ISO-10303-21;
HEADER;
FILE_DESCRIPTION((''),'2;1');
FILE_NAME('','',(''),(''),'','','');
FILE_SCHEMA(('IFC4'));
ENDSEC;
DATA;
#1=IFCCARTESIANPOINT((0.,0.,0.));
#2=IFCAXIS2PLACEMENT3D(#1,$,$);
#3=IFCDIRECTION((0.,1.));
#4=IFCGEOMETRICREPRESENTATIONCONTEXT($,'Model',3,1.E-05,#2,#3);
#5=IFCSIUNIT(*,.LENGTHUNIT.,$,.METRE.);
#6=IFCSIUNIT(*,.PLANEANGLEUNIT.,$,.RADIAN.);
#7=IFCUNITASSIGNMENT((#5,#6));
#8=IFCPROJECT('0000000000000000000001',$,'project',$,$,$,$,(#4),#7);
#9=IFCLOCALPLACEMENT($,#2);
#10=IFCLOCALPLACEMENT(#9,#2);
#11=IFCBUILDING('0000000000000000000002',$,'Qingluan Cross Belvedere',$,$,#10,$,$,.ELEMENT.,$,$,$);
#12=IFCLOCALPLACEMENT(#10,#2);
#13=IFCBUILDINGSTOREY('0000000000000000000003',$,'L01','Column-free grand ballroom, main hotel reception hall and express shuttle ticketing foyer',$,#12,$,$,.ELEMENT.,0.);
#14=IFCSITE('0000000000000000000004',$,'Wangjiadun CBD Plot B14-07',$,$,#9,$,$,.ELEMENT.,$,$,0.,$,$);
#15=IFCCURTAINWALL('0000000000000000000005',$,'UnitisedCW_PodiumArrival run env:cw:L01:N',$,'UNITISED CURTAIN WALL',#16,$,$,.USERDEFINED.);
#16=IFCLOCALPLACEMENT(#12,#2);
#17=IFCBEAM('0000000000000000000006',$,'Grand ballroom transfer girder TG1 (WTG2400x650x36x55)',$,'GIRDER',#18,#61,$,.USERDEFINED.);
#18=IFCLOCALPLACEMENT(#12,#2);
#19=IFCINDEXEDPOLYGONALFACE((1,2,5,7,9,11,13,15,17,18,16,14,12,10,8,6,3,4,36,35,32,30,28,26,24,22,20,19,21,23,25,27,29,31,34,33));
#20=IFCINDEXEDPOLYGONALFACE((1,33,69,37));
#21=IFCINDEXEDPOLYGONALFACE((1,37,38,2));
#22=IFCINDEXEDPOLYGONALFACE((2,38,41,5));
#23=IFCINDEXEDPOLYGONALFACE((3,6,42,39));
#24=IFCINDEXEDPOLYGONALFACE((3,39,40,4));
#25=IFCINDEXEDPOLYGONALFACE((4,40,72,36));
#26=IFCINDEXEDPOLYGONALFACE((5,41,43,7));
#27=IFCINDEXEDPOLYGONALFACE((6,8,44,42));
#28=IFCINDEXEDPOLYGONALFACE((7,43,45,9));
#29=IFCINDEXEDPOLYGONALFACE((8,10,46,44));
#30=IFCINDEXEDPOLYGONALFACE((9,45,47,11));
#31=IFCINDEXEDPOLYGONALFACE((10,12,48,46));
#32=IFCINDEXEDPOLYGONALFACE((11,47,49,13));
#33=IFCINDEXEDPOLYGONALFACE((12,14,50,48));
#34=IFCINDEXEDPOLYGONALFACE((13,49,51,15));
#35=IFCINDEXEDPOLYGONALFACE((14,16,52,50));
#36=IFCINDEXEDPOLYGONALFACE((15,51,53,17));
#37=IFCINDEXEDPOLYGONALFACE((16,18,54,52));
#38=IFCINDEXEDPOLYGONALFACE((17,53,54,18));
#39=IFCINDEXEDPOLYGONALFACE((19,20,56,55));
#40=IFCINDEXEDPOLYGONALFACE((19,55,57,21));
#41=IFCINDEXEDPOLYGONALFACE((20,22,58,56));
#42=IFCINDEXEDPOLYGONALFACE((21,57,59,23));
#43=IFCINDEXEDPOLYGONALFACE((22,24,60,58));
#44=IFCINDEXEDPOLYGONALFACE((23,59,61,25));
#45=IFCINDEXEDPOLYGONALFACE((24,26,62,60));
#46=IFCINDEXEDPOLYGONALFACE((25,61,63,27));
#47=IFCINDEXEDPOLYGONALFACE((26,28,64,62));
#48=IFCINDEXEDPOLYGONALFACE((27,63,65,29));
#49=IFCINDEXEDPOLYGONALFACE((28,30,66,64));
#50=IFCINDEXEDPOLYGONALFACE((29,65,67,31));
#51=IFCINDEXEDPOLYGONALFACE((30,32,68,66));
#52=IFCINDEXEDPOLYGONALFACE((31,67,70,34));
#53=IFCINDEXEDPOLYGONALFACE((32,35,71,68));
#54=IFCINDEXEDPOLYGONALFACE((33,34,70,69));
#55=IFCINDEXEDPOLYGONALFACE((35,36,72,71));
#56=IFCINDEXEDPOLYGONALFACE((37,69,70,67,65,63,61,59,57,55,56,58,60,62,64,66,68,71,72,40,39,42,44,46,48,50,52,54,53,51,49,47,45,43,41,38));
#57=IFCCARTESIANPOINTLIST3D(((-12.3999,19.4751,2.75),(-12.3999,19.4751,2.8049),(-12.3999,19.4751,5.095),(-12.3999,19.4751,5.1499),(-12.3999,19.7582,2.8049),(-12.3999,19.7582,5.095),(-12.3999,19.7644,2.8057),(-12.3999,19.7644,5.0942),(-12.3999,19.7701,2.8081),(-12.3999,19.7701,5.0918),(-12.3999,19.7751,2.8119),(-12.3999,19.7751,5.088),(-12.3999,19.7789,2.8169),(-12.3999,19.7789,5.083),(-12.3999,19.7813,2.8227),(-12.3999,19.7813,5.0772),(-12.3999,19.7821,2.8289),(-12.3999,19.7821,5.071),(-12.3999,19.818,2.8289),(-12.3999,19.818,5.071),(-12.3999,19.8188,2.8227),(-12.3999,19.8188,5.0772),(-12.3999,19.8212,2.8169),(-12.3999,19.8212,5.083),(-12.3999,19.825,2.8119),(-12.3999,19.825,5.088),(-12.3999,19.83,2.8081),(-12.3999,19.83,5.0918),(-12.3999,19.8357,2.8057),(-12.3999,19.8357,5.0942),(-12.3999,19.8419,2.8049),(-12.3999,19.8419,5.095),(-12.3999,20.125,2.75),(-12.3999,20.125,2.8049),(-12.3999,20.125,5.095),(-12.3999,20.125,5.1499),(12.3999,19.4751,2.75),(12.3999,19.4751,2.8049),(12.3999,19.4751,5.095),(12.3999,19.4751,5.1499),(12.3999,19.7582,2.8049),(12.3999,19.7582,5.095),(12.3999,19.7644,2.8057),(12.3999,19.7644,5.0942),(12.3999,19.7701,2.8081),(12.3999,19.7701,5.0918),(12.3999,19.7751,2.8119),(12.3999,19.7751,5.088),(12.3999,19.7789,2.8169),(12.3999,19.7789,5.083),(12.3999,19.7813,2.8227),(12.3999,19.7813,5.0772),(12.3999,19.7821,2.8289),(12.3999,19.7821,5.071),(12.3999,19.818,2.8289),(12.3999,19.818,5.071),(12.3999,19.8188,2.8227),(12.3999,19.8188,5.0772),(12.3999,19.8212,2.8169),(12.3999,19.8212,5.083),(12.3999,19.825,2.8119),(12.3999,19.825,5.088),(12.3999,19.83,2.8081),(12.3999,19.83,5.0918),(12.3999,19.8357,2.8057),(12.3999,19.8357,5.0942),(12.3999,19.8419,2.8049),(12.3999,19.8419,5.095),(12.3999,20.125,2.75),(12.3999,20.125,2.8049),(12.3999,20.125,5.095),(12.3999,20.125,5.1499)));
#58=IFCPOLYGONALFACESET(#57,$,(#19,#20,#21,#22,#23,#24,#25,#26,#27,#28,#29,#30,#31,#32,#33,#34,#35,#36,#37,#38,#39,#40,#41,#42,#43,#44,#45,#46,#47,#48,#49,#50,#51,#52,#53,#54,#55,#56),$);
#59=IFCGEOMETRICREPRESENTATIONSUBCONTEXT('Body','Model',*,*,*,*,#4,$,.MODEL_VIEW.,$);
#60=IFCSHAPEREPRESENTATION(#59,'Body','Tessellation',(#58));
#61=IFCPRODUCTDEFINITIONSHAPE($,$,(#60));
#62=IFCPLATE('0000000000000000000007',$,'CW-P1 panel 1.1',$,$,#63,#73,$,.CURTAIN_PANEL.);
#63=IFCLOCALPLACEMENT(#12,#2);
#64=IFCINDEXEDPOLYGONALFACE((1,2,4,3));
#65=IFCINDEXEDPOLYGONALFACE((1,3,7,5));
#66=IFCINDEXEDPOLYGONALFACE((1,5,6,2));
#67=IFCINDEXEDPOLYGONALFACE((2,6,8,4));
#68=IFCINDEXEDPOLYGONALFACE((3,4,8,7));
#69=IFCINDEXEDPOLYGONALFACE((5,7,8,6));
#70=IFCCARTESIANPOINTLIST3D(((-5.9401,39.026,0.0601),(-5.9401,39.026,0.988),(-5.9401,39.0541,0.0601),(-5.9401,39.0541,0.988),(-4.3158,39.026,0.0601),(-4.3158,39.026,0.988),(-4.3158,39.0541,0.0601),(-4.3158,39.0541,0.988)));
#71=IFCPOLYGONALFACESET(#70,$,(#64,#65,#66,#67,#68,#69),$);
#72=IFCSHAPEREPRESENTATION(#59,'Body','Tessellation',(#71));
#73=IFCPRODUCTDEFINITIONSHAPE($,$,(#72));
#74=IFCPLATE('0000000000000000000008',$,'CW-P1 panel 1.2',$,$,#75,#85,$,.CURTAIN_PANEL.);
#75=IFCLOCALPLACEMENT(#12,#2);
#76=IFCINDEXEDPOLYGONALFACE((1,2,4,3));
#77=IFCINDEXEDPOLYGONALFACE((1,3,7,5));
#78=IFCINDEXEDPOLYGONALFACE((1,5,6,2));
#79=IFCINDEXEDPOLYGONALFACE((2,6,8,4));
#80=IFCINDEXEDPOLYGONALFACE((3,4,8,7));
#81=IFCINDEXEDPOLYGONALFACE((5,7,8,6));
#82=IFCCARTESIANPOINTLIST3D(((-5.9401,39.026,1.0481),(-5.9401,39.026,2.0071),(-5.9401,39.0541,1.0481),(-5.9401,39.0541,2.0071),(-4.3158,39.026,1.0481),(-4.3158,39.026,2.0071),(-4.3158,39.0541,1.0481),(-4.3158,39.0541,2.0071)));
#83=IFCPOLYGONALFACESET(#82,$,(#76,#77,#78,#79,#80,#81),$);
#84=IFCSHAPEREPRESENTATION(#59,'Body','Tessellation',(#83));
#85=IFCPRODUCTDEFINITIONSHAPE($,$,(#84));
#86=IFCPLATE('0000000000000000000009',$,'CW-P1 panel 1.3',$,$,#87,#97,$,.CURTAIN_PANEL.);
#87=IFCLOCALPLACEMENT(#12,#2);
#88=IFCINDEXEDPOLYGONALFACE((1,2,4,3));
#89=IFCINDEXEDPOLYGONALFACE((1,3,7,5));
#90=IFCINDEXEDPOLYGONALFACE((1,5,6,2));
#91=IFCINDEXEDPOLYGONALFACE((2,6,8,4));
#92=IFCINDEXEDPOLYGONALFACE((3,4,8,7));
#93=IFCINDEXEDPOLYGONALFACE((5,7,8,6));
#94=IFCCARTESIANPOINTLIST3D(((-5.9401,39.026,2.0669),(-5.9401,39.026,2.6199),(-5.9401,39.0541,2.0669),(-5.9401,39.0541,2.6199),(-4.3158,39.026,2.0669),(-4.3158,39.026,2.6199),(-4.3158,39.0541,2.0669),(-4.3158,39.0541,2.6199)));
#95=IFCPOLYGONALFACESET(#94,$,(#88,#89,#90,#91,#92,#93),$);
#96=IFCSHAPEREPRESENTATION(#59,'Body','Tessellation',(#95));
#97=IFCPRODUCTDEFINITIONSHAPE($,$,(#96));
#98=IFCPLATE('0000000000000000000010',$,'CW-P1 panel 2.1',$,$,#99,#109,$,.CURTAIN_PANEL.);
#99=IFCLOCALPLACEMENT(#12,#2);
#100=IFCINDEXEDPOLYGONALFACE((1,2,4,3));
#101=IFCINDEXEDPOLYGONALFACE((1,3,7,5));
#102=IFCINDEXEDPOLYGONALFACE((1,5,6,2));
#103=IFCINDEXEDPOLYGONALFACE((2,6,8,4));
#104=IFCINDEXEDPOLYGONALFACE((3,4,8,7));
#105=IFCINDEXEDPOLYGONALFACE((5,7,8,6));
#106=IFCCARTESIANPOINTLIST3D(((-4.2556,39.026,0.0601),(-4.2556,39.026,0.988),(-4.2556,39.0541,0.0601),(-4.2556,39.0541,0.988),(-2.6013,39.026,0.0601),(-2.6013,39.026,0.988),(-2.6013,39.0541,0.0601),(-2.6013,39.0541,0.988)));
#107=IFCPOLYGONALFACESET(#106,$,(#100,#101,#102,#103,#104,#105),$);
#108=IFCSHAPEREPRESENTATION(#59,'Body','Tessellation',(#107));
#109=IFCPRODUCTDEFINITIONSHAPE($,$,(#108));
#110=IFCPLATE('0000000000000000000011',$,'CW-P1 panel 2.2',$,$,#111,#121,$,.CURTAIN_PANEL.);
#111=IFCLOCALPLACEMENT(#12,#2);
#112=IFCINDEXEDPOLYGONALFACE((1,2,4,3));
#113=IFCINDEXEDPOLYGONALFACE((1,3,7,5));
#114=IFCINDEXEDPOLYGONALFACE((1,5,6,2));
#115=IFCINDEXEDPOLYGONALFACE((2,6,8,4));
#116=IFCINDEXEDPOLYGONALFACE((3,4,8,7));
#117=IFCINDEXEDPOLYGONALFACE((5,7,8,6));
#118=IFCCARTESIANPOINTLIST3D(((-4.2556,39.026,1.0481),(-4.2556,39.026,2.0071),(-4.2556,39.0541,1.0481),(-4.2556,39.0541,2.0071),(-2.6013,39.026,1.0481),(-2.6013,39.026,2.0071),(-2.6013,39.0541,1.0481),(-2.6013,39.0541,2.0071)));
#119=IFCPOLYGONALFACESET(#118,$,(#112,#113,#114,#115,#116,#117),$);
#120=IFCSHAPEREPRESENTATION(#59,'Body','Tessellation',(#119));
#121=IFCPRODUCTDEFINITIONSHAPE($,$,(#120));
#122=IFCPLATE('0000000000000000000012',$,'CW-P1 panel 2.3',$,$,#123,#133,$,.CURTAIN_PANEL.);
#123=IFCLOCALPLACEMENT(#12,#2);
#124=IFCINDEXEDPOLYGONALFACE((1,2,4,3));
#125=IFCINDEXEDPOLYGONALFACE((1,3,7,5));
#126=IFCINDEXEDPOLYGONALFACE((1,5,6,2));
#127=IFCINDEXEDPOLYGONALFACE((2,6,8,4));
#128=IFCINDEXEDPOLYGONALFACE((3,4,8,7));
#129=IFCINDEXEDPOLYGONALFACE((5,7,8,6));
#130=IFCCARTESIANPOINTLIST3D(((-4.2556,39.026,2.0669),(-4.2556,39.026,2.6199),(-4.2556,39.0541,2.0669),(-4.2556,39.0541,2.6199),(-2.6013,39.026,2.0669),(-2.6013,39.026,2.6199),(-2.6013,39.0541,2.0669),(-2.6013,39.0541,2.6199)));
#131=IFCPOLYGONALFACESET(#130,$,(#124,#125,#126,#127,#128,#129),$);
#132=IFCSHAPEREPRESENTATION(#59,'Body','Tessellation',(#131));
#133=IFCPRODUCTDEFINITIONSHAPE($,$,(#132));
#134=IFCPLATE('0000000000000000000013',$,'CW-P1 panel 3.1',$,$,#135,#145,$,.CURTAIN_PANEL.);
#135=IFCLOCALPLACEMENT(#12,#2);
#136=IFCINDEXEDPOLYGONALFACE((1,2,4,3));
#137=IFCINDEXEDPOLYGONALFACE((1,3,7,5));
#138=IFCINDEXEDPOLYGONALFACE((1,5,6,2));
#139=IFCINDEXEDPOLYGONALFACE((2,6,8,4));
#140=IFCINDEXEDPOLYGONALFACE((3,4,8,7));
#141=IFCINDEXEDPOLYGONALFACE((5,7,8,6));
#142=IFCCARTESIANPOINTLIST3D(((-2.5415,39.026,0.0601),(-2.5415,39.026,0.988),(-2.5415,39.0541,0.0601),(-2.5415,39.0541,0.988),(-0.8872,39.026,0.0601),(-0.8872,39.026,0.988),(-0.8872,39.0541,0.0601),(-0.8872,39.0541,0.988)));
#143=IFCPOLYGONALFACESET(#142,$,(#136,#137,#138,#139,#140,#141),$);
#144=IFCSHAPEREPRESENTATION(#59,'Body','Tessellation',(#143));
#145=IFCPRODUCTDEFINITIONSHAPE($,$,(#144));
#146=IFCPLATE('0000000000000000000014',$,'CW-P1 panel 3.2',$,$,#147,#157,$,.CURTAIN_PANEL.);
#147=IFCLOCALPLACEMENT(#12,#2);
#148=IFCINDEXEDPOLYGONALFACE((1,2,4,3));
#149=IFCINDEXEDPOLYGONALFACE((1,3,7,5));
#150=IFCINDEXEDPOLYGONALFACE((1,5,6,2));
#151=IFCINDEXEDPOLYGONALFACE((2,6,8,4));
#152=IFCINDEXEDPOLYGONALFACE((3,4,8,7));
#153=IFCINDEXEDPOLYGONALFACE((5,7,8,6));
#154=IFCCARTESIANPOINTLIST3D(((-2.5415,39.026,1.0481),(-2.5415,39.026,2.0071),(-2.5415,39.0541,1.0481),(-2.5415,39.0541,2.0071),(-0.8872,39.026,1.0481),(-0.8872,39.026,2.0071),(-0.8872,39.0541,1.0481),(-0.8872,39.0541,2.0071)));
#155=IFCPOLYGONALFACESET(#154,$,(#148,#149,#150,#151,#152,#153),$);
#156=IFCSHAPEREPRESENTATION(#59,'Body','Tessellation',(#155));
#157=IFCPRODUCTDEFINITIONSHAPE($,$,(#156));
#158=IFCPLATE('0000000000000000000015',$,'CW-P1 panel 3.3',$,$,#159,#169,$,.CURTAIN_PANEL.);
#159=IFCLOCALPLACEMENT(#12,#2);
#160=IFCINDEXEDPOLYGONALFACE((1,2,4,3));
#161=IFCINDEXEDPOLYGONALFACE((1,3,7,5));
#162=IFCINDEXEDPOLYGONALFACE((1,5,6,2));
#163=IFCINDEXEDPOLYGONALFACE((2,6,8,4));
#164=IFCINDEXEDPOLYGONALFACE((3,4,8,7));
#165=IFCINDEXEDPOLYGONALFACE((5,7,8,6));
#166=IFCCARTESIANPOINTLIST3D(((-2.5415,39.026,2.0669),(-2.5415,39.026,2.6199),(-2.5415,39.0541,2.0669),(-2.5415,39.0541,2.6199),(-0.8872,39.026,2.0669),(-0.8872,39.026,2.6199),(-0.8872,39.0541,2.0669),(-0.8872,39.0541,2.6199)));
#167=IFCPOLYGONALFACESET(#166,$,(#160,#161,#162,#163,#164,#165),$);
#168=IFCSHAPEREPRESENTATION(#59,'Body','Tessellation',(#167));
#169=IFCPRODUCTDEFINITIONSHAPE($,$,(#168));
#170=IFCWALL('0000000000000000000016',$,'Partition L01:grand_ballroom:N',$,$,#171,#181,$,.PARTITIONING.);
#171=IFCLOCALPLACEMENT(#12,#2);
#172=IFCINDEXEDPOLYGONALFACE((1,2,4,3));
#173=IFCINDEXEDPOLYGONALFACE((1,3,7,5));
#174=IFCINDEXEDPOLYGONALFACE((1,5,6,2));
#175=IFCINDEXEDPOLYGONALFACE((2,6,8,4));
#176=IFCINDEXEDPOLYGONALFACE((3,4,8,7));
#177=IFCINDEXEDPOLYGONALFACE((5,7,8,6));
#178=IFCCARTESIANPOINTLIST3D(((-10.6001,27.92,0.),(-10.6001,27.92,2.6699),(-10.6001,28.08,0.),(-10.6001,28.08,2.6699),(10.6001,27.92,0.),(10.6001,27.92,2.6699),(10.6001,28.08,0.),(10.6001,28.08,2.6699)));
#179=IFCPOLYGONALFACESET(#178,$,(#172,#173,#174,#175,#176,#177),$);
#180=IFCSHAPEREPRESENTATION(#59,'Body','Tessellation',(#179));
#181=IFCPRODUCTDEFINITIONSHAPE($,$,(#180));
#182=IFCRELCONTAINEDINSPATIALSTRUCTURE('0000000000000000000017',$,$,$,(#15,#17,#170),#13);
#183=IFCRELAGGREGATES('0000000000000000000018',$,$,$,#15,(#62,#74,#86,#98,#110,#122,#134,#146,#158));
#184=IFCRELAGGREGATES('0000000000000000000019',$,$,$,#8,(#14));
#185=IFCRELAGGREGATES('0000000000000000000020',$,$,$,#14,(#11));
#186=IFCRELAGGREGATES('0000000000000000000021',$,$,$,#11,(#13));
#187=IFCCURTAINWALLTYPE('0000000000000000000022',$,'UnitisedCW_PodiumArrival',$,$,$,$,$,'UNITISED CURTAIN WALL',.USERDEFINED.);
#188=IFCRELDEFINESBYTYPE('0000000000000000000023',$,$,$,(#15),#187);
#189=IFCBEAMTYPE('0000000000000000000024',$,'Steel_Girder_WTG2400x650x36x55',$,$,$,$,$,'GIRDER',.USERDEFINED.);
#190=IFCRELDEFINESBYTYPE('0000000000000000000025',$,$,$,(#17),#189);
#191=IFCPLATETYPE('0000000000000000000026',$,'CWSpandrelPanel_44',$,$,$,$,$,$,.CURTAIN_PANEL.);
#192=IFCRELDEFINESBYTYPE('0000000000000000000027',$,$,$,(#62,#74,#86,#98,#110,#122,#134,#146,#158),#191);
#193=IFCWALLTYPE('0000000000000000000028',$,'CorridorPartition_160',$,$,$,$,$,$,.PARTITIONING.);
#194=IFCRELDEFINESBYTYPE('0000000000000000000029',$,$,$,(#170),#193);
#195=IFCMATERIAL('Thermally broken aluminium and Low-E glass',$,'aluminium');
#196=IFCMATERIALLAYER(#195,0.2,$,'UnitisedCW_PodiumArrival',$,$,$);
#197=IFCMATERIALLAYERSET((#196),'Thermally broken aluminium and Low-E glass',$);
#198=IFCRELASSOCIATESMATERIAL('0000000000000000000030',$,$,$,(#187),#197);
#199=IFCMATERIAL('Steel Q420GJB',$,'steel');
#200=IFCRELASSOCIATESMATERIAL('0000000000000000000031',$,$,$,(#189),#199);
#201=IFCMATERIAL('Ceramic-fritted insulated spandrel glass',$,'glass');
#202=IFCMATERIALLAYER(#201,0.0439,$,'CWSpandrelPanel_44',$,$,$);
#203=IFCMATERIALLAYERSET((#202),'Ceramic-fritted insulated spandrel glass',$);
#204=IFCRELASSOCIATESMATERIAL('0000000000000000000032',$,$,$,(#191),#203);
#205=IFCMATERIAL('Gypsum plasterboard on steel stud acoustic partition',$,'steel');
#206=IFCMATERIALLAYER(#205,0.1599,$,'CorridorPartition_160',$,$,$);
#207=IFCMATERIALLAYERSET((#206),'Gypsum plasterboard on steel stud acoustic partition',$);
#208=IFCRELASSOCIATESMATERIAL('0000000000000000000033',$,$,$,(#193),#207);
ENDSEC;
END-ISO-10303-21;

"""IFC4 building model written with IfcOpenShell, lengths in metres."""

from ifc_helpers import new_model, si_unit, direction, frame, frame_2d, origin, origin_2d, place, context, subcontext, project, spatial, rectangle, i_section, extrude, material, layer, layer_set, material_profile, profile_set, type_object, element, aggregate, save


model = new_model("IFC4")

# Units and contexts
model_context = context("Model", 3, precision=1e-05, world=origin(), true_north=direction((0.0, 1.0)))
body_context = subcontext(model_context, "Body", "Model", "MODEL_VIEW")
ifc_project = project(units=[si_unit("LENGTHUNIT", "METRE"), si_unit("PLANEANGLEUNIT", "RADIAN")], contexts=[model_context])

# Site, building, storey
site_placement = place(None, origin())
site = spatial("IfcSite", under=ifc_project, at=site_placement, Name="Wangjiadun CBD Plot B14-07", CompositionType="ELEMENT", RefElevation=0.0)
building_placement = place(site_placement, origin())
building = spatial("IfcBuilding", under=site, at=building_placement, Name="Qingluan Cross Belvedere", CompositionType="ELEMENT")
storey_placement = place(building_placement, origin())
storey = spatial("IfcBuildingStorey", under=building, at=storey_placement, Name="L01", Description="Column-free grand ballroom, main hotel reception hall and express shuttle ticketing foyer", CompositionType="ELEMENT", Elevation=0.0)

# Curtain wall
ifc_material_1 = material(Name="Thermally broken aluminium and Low-E glass", Category="aluminium")
ifc_layer_1 = layer(ifc_material_1, 0.2, Name="UnitisedCW_PodiumArrival")
ifc_layer_set_1 = layer_set([ifc_layer_1], Name="Thermally broken aluminium and Low-E glass")
curtain_wall_type = type_object("IfcCurtainWallType", Name="UnitisedCW_PodiumArrival", ElementType="UNITISED CURTAIN WALL", PredefinedType="USERDEFINED", material=ifc_layer_set_1)
curtain_wall_placement = place(storey_placement, origin())
curtain_wall = element("IfcCurtainWall", 1, at=curtain_wall_placement, inside=storey, type_object=curtain_wall_type, Name="UnitisedCW_PodiumArrival run env:cw:L01:N", ObjectType="UNITISED CURTAIN WALL", PredefinedType="USERDEFINED")

# Beam
ifc_material_2 = material(Name="Steel Q420GJB", Category="steel")
ifc_material_profile_1 = material_profile(ifc_material_2, i_section(OverallWidth=0.6499, OverallDepth=2.3999, WebThickness=0.0359, FlangeThickness=0.0549, FilletRadius=0.0239, at=origin_2d()), Name="WTG2400x650x36x55")
ifc_profile_set_1 = profile_set([ifc_material_profile_1], Name="Steel Q420GJB")
beam_type_1 = type_object("IfcBeamType", Name="Steel_Girder_WTG2400x650x36x55", ElementType="GIRDER", PredefinedType="USERDEFINED", material=ifc_profile_set_1)
beam_1_placement = place(storey_placement, frame((-12.3999, 19.8, 3.95), z_axis=(1.0, 0.0, 0.0), x_axis=(0.0, 1.0, 0.0)))
element("IfcBeam", 2, at=beam_1_placement, inside=storey, type_object=beam_type_1, Name="Grand ballroom transfer girder TG1 (WTG2400x650x36x55)", ObjectType="GIRDER", PredefinedType="USERDEFINED", context=body_context, shape_type="SweptSolid", body=[
    extrude(i_section(OverallWidth=0.6499, OverallDepth=2.3999, WebThickness=0.0359, FlangeThickness=0.0549, FilletRadius=0.0239, at=origin_2d()), origin(), (0.0, 0.0, 1.0), 24.7998),
])

# Plates
ifc_material_3 = material(Name="Ceramic-fritted insulated spandrel glass", Category="glass")
ifc_layer_2 = layer(ifc_material_3, 0.0439, Name="CWSpandrelPanel_44")
ifc_layer_set_2 = layer_set([ifc_layer_2], Name="Ceramic-fritted insulated spandrel glass")
plate_type = type_object("IfcPlateType", Name="CWSpandrelPanel_44", PredefinedType="CURTAIN_PANEL", material=ifc_layer_set_2)
plate_1_placement = place(storey_placement, frame((-5.1279, 39.04, 0.0601), z_axis=(0.0, 0.0, 1.0), x_axis=(1.0, 0.0, 0.0)))
plate_1 = element("IfcPlate", 3, at=plate_1_placement, type_object=plate_type, Name="CW-P1 panel 1.1", PredefinedType="CURTAIN_PANEL", context=body_context, shape_type="SweptSolid", body=[
    extrude(rectangle(XDim=1.6243, YDim=0.0281, at=origin_2d()), origin(), (0.0, 0.0, 1.0), 0.928),
])
plate_2_placement = place(storey_placement, frame((-5.1279, 39.04, 1.0481), z_axis=(0.0, 0.0, 1.0), x_axis=(1.0, 0.0, 0.0)))
plate_2 = element("IfcPlate", 4, at=plate_2_placement, type_object=plate_type, Name="CW-P1 panel 1.2", PredefinedType="CURTAIN_PANEL", context=body_context, shape_type="SweptSolid", body=[
    extrude(rectangle(XDim=1.6243, YDim=0.0281, at=origin_2d()), origin(), (0.0, 0.0, 1.0), 0.959),
])
plate_3_placement = place(storey_placement, frame((-5.1279, 39.04, 2.0669), z_axis=(0.0, 0.0, 1.0), x_axis=(1.0, 0.0, 0.0)))
plate_3 = element("IfcPlate", 5, at=plate_3_placement, type_object=plate_type, Name="CW-P1 panel 1.3", PredefinedType="CURTAIN_PANEL", context=body_context, shape_type="SweptSolid", body=[
    extrude(rectangle(XDim=1.6243, YDim=0.0281, at=origin_2d()), origin(), (0.0, 0.0, 1.0), 0.553),
])
plate_4_placement = place(storey_placement, frame((-3.4285, 39.04, 0.0601), z_axis=(0.0, 0.0, 1.0), x_axis=(1.0, 0.0, 0.0)))
plate_4 = element("IfcPlate", 6, at=plate_4_placement, type_object=plate_type, Name="CW-P1 panel 2.1", PredefinedType="CURTAIN_PANEL", context=body_context, shape_type="SweptSolid", body=[
    extrude(rectangle(XDim=1.6543, YDim=0.0281, at=origin_2d()), origin(), (0.0, 0.0, 1.0), 0.928),
])
plate_5_placement = place(storey_placement, frame((-3.4285, 39.04, 1.0481), z_axis=(0.0, 0.0, 1.0), x_axis=(1.0, 0.0, 0.0)))
plate_5 = element("IfcPlate", 7, at=plate_5_placement, type_object=plate_type, Name="CW-P1 panel 2.2", PredefinedType="CURTAIN_PANEL", context=body_context, shape_type="SweptSolid", body=[
    extrude(rectangle(XDim=1.6543, YDim=0.0281, at=origin_2d()), origin(), (0.0, 0.0, 1.0), 0.959),
])
plate_6_placement = place(storey_placement, frame((-3.4285, 39.04, 2.0669), z_axis=(0.0, 0.0, 1.0), x_axis=(1.0, 0.0, 0.0)))
plate_6 = element("IfcPlate", 8, at=plate_6_placement, type_object=plate_type, Name="CW-P1 panel 2.3", PredefinedType="CURTAIN_PANEL", context=body_context, shape_type="SweptSolid", body=[
    extrude(rectangle(XDim=1.6543, YDim=0.0281, at=origin_2d()), origin(), (0.0, 0.0, 1.0), 0.553),
])
plate_7_placement = place(storey_placement, frame((-1.7144, 39.04, 0.0601), z_axis=(0.0, 0.0, 1.0), x_axis=(1.0, 0.0, 0.0)))
plate_7 = element("IfcPlate", 9, at=plate_7_placement, type_object=plate_type, Name="CW-P1 panel 3.1", PredefinedType="CURTAIN_PANEL", context=body_context, shape_type="SweptSolid", body=[
    extrude(rectangle(XDim=1.6543, YDim=0.0281, at=origin_2d()), origin(), (0.0, 0.0, 1.0), 0.928),
])
plate_8_placement = place(storey_placement, frame((-1.7144, 39.04, 1.0481), z_axis=(0.0, 0.0, 1.0), x_axis=(1.0, 0.0, 0.0)))
plate_8 = element("IfcPlate", 10, at=plate_8_placement, type_object=plate_type, Name="CW-P1 panel 3.2", PredefinedType="CURTAIN_PANEL", context=body_context, shape_type="SweptSolid", body=[
    extrude(rectangle(XDim=1.6543, YDim=0.0281, at=origin_2d()), origin(), (0.0, 0.0, 1.0), 0.959),
])
plate_9_placement = place(storey_placement, frame((-1.7144, 39.04, 2.0669), z_axis=(0.0, 0.0, 1.0), x_axis=(1.0, 0.0, 0.0)))
plate_9 = element("IfcPlate", 11, at=plate_9_placement, type_object=plate_type, Name="CW-P1 panel 3.3", PredefinedType="CURTAIN_PANEL", context=body_context, shape_type="SweptSolid", body=[
    extrude(rectangle(XDim=1.6543, YDim=0.0281, at=origin_2d()), origin(), (0.0, 0.0, 1.0), 0.553),
])
aggregate(curtain_wall, [plate_1, plate_2, plate_3, plate_4, plate_5, plate_6, plate_7, plate_8, plate_9])

# Wall
ifc_material_4 = material(Name="Gypsum plasterboard on steel stud acoustic partition", Category="steel")
ifc_layer_3 = layer(ifc_material_4, 0.1599, Name="CorridorPartition_160")
ifc_layer_set_3 = layer_set([ifc_layer_3], Name="Gypsum plasterboard on steel stud acoustic partition")
wall_type_1 = type_object("IfcWallType", Name="CorridorPartition_160", PredefinedType="PARTITIONING", material=ifc_layer_set_3)
wall_1_placement = place(storey_placement, frame((-10.6001, 28.0, 0.0), z_axis=(0.0, 0.0, 1.0), x_axis=(1.0, 0.0, 0.0)))
element("IfcWall", 12, at=wall_1_placement, inside=storey, type_object=wall_type_1, Name="Partition L01:grand_ballroom:N", PredefinedType="PARTITIONING", context=body_context, shape_type="SweptSolid", body=[
    extrude(rectangle(XDim=21.2002, YDim=0.1599, at=frame_2d((10.6001, 0.0))), origin(), (0.0, 0.0, 1.0), 2.6699),
])

save(model, "model.ifc")
